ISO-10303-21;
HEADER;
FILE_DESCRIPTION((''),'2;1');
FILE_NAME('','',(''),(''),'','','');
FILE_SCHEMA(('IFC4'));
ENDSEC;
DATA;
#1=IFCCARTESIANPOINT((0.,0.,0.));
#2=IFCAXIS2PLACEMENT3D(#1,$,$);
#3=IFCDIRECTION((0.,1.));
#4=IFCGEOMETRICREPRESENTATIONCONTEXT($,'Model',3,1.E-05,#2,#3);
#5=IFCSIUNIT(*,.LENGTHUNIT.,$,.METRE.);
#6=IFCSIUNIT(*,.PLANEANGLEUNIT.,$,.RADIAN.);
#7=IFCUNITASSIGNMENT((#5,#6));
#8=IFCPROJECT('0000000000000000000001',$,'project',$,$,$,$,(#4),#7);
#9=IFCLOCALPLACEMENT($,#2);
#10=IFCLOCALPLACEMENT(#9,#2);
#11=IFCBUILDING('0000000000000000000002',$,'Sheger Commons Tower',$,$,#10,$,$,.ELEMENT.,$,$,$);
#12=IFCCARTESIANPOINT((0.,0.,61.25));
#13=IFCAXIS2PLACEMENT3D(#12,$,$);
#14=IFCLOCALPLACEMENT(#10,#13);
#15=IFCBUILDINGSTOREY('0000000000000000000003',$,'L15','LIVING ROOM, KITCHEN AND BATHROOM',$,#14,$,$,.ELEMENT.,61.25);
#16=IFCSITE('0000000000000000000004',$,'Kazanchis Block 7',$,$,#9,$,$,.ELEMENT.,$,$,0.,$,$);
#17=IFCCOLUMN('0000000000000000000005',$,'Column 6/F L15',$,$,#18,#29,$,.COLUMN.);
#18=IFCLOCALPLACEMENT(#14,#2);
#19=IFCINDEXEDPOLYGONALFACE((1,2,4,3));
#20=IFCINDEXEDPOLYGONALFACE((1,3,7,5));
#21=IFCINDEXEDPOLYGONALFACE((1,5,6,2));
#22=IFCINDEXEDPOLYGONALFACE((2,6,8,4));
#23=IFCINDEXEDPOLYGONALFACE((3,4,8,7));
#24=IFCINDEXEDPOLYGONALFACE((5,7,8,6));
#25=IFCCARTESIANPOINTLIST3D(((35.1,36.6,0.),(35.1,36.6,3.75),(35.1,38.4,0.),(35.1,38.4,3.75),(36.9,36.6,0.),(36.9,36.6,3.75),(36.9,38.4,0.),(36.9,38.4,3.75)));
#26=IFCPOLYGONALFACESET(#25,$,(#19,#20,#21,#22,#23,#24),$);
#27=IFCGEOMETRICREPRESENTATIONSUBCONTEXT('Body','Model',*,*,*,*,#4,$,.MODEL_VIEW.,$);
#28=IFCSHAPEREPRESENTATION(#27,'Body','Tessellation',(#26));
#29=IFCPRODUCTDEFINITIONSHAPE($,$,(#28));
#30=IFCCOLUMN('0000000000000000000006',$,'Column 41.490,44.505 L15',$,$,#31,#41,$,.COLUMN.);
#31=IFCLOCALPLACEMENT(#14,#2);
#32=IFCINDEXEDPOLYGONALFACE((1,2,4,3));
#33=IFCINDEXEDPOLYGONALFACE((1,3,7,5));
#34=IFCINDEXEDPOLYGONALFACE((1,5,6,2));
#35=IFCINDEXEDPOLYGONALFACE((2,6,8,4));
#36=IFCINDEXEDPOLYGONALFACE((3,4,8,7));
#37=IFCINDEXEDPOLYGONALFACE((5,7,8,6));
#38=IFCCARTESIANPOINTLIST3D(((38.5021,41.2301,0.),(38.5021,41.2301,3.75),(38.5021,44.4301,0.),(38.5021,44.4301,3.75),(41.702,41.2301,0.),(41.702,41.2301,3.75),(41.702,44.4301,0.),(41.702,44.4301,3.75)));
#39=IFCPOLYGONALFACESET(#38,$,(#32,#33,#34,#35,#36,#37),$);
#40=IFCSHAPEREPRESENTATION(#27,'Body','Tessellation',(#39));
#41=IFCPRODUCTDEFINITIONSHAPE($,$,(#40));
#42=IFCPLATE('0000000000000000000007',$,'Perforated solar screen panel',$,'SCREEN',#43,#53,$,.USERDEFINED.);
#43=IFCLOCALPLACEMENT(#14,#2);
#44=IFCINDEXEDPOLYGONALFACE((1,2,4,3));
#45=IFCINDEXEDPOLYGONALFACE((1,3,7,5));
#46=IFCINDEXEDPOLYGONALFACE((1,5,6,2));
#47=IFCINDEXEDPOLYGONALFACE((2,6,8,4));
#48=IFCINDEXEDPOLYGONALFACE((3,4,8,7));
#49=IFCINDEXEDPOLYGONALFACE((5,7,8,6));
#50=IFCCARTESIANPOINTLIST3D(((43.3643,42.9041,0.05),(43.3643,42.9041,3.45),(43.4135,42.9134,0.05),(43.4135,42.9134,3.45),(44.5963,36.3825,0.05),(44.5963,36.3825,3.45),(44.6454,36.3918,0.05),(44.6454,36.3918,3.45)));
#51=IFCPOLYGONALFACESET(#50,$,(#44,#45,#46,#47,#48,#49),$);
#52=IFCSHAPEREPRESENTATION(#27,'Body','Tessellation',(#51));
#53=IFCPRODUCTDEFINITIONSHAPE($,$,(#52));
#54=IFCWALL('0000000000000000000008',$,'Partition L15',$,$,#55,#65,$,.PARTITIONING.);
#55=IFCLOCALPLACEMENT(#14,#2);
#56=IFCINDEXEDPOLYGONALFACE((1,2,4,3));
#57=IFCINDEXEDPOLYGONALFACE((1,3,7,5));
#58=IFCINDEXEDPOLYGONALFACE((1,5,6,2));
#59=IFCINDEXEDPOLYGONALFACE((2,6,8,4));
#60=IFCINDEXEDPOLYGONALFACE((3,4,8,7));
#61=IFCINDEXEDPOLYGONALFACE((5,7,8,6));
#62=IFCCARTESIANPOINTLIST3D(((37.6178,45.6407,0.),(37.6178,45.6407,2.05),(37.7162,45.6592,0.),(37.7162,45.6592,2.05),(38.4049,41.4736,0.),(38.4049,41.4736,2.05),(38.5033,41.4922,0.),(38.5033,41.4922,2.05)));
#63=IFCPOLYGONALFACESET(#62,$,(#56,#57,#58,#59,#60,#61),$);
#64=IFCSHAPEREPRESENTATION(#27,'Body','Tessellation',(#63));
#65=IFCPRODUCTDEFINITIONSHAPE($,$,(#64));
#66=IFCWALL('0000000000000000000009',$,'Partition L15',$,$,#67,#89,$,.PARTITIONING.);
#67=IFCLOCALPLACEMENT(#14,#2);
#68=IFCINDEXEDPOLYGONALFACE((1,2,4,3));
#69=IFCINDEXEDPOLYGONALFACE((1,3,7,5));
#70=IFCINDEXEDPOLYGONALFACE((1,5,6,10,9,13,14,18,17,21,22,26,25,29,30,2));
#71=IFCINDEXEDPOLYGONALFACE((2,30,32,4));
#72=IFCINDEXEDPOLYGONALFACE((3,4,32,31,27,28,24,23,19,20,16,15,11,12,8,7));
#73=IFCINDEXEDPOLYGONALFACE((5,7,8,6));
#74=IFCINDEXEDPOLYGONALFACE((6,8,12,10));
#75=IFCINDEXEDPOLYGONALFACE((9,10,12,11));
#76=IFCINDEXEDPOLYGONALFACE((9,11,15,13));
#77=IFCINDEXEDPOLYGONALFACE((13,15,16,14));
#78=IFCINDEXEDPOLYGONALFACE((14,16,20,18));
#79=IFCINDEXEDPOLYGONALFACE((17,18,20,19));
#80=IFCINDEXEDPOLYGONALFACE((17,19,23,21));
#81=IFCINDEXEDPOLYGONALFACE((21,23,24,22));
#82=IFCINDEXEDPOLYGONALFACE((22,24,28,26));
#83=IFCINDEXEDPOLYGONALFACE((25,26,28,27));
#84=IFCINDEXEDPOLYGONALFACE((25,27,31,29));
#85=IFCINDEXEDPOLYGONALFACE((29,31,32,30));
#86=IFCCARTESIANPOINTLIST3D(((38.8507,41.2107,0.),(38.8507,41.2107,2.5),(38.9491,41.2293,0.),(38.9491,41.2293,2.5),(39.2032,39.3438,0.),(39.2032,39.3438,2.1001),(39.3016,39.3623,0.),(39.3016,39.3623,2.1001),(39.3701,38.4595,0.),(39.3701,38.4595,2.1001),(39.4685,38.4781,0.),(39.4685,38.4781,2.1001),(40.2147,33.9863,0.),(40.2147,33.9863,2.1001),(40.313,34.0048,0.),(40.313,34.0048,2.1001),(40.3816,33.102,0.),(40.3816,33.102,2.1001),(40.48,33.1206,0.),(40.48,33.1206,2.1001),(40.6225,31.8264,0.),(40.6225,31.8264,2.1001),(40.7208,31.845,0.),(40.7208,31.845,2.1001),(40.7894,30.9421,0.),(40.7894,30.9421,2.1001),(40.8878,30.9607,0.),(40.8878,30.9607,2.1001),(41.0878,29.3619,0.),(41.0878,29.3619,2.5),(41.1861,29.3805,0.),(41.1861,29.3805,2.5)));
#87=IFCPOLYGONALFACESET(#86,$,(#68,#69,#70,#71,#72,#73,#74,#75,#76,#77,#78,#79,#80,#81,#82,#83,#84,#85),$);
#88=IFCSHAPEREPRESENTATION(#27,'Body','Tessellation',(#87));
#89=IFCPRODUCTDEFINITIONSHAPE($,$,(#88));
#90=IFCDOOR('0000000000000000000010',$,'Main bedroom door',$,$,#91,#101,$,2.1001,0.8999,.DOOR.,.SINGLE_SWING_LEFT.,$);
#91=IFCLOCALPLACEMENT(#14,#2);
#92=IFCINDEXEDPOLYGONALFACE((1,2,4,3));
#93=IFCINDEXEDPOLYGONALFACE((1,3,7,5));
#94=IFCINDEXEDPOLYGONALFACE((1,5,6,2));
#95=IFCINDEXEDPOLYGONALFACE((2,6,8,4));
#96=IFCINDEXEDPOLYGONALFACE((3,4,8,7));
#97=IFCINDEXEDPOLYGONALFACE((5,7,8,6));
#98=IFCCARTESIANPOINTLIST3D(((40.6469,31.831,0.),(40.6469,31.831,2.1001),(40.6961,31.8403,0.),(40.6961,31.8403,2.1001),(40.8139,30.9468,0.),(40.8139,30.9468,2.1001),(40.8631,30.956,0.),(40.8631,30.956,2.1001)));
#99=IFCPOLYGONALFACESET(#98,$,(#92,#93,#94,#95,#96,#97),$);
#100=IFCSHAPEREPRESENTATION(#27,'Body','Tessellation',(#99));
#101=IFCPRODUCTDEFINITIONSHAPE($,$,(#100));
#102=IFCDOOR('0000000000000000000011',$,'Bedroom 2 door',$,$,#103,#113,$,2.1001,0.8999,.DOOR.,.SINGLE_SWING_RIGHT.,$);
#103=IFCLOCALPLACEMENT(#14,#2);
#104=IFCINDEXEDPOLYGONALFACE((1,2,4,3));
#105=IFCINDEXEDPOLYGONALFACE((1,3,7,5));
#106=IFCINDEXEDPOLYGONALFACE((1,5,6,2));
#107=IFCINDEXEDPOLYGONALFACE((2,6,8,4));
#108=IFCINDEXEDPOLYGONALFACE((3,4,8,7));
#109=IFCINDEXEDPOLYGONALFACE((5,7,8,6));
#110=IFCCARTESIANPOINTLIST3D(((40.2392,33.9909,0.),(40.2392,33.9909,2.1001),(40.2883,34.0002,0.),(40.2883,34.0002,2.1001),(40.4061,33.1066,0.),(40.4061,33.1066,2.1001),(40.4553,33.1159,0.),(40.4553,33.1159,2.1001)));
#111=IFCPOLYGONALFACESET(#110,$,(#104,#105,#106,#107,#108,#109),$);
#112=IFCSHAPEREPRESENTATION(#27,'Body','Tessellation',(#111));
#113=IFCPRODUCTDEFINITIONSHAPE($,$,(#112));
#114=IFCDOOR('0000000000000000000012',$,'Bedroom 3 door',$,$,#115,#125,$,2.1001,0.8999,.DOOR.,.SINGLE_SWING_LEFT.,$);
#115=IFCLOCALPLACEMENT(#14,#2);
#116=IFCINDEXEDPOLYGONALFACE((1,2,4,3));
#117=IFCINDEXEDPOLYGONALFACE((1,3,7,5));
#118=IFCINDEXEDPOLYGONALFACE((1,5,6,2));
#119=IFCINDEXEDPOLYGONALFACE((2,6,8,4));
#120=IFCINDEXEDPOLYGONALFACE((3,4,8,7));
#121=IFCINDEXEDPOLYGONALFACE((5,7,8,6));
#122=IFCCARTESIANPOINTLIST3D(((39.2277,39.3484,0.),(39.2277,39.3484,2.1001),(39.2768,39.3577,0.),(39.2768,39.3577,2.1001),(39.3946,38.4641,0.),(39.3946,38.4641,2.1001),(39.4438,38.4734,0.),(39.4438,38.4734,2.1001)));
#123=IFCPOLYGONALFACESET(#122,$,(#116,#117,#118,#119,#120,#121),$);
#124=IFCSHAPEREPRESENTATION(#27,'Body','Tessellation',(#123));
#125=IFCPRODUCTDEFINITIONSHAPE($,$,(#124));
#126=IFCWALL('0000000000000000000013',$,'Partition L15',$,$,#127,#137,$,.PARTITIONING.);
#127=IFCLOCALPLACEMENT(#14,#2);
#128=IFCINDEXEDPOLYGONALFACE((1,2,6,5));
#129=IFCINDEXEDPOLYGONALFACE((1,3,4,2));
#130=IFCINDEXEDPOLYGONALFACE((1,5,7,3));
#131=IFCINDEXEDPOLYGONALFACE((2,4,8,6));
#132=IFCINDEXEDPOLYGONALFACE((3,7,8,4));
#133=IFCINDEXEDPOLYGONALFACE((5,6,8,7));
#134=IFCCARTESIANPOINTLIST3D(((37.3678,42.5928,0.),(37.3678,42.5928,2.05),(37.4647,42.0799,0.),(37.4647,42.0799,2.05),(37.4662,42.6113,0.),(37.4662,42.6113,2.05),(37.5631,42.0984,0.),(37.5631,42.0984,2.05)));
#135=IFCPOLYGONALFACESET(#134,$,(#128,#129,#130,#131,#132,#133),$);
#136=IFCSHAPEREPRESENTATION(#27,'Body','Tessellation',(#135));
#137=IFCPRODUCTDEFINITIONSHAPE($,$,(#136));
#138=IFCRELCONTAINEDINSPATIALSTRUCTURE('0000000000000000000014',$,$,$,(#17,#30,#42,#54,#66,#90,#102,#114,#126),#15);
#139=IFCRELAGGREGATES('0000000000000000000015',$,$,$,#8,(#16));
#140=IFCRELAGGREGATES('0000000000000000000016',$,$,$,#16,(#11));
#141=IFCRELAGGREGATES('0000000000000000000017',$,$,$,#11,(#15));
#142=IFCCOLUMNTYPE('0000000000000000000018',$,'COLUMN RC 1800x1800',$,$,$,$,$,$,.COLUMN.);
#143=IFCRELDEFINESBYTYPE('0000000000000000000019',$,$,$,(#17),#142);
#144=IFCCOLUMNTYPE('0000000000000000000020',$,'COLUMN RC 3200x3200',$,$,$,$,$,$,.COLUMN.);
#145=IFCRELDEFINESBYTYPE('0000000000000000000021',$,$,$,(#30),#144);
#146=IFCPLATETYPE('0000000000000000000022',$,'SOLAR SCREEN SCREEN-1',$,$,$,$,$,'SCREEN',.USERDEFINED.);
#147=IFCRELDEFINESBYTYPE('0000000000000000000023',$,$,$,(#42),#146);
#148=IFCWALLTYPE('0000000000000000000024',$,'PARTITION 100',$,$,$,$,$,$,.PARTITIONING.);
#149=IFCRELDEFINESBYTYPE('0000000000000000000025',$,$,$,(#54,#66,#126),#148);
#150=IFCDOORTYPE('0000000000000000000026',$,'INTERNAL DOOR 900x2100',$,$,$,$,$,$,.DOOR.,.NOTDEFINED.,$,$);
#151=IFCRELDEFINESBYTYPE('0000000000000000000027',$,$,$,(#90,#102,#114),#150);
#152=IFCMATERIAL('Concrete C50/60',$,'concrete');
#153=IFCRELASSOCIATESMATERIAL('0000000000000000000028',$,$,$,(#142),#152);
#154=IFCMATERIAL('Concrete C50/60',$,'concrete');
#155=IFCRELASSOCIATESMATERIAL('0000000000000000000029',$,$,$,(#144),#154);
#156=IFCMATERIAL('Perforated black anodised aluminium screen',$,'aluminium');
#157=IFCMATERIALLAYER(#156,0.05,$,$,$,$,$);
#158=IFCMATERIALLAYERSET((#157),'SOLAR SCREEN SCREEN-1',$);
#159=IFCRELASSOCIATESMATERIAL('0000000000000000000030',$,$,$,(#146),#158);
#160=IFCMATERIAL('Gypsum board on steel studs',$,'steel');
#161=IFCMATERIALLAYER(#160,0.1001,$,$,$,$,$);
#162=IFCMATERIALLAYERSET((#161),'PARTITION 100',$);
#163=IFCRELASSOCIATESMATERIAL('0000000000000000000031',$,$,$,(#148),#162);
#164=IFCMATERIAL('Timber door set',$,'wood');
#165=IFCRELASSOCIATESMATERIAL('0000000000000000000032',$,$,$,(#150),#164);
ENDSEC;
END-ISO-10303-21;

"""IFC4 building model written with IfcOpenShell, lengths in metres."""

from ifc_helpers import new_model, si_unit, direction, frame, frame_2d, origin, origin_2d, place, context, subcontext, project, spatial, rectangle, extrude, material, layer, layer_set, material_profile, profile_set, type_object, element, fill, save


model = new_model("IFC4")

# Units and contexts
model_context = context("Model", 3, precision=1e-05, world=origin(), true_north=direction((0.0, 1.0)))
body_context = subcontext(model_context, "Body", "Model", "MODEL_VIEW")
ifc_project = project(units=[si_unit("LENGTHUNIT", "METRE"), si_unit("PLANEANGLEUNIT", "RADIAN")], contexts=[model_context])

# Site, building, storey
site_placement = place(None, origin())
site = spatial("IfcSite", under=ifc_project, at=site_placement, Name="Kazanchis Block 7", CompositionType="ELEMENT", RefElevation=0.0)
building_placement = place(site_placement, origin())
building = spatial("IfcBuilding", under=site, at=building_placement, Name="Sheger Commons Tower", CompositionType="ELEMENT")
storey_placement = place(building_placement, frame((0.0, 0.0, 61.25)))
storey = spatial("IfcBuildingStorey", under=building, at=storey_placement, Name="L15", Description="LIVING ROOM, KITCHEN AND BATHROOM", CompositionType="ELEMENT", Elevation=61.25)

# Columns
ifc_material_1 = material(Name="Concrete C50/60", Category="concrete")
ifc_material_profile_1 = material_profile(ifc_material_1, rectangle(XDim=1.8, YDim=1.8, at=origin_2d()), Name="RC 1800x1800")
ifc_profile_set_1 = profile_set([ifc_material_profile_1], Name="Concrete C50/60")
column_type_1 = type_object("IfcColumnType", Name="COLUMN RC 1800x1800", PredefinedType="COLUMN", material=ifc_profile_set_1)
column_1_placement = place(storey_placement, frame((36.0, 37.5, 0.0), z_axis=(0.0, 0.0, 1.0), x_axis=(1.0, 0.0, 0.0)))
element("IfcColumn", 1, at=column_1_placement, inside=storey, type_object=column_type_1, Name="Column 6/F L15", PredefinedType="COLUMN", context=body_context, shape_type="SweptSolid", body=[
    extrude(rectangle(XDim=1.8, YDim=1.8, at=origin_2d()), origin(), (0.0, 0.0, 1.0), 3.75),
])
ifc_material_2 = material(Name="Concrete C50/60", Category="concrete")
ifc_material_profile_2 = material_profile(ifc_material_2, rectangle(XDim=3.2, YDim=3.2, at=origin_2d()), Name="RC 3200x3200")
ifc_profile_set_2 = profile_set([ifc_material_profile_2], Name="Concrete C50/60")
column_type_2 = type_object("IfcColumnType", Name="COLUMN RC 3200x3200", PredefinedType="COLUMN", material=ifc_profile_set_2)
column_2_placement = place(storey_placement, frame((40.1021, 42.8301, 0.0), z_axis=(0.0, 0.0, 1.0), x_axis=(1.0, 0.0, 0.0)))
element("IfcColumn", 2, at=column_2_placement, inside=storey, type_object=column_type_2, Name="Column 41.490,44.505 L15", PredefinedType="COLUMN", context=body_context, shape_type="SweptSolid", body=[
    extrude(rectangle(XDim=3.2, YDim=3.2, at=origin_2d()), origin(), (0.0, 0.0, 1.0), 3.75),
])

# Plate
ifc_material_3 = material(Name="Perforated black anodised aluminium screen", Category="aluminium")
ifc_layer_1 = layer(ifc_material_3, 0.05)
ifc_layer_set_1 = layer_set([ifc_layer_1], Name="SOLAR SCREEN SCREEN-1")
plate_type = type_object("IfcPlateType", Name="SOLAR SCREEN SCREEN-1", ElementType="SCREEN", PredefinedType="USERDEFINED", material=ifc_layer_set_1)
plate_placement = place(storey_placement, frame((44.0049, 39.6479, 0.05), z_axis=(0.0, 0.0, 1.0), x_axis=(-0.185615, 0.982623, 0.0)))
element("IfcPlate", 3, at=plate_placement, inside=storey, type_object=plate_type, Name="Perforated solar screen panel", ObjectType="SCREEN", PredefinedType="USERDEFINED", context=body_context, shape_type="SweptSolid", body=[
    extrude(rectangle(XDim=6.637, YDim=0.05, at=origin_2d()), origin(), (0.0, 0.0, 1.0), 3.3999),
])

# Wall
ifc_material_4 = material(Name="Gypsum board on steel studs", Category="steel")
ifc_layer_2 = layer(ifc_material_4, 0.1001)
ifc_layer_set_2 = layer_set([ifc_layer_2], Name="PARTITION 100")
wall_type = type_object("IfcWallType", Name="PARTITION 100", PredefinedType="PARTITIONING", material=ifc_layer_set_2)
wall_1_placement = place(storey_placement, frame((38.4541, 41.4829, 0.0), z_axis=(0.0, 0.0, 1.0), x_axis=(-0.185609, 0.982624, 0.0)))
element("IfcWall", 4, at=wall_1_placement, inside=storey, type_object=wall_type, Name="Partition L15", PredefinedType="PARTITIONING", context=body_context, shape_type="SweptSolid", body=[
    extrude(rectangle(XDim=4.2407, YDim=0.1001, at=frame_2d((2.1204, 0.0))), origin(), (0.0, 0.0, 1.0), 2.05),
])

# Wall, openings, doors
wall_2_placement = place(storey_placement, frame((38.8999, 41.22, 0.0), z_axis=(0.0, 0.0, 1.0), x_axis=(0.185522, -0.98264, 0.0)))
wall_2 = element("IfcWall", 5, at=wall_2_placement, inside=storey, type_object=wall_type, Name="Partition L15", PredefinedType="PARTITIONING", context=body_context, shape_type="SweptSolid", body=[
    extrude(rectangle(XDim=12.0581, YDim=0.1001, at=frame_2d((6.0291, 0.0))), origin(), (0.0, 0.0, 1.0), 2.5),
])
opening_1_placement = place(wall_2_placement, frame((9.55, 0.0, 0.0)))
opening_1 = element("IfcOpeningElement", 6, at=opening_1_placement, cuts=wall_2, PredefinedType="OPENING", context=body_context, shape_type="SweptSolid", body=[
    extrude(rectangle(XDim=0.8999, YDim=2.1001, at=frame_2d((0.45, 1.05))), frame((0.0, 0.0601, 0.0), z_axis=(0.0, -1.0, 0.0), x_axis=(1.0, 0.0, 0.0)), (0.0, 0.0, 1.0), 0.1201),
])
opening_2_placement = place(wall_2_placement, frame((7.3521, 0.0, 0.0)))
opening_2 = element("IfcOpeningElement", 7, at=opening_2_placement, cuts=wall_2, PredefinedType="OPENING", context=body_context, shape_type="SweptSolid", body=[
    extrude(rectangle(XDim=0.8999, YDim=2.1001, at=frame_2d((0.45, 1.05))), frame((0.0, 0.0601, 0.0), z_axis=(0.0, -1.0, 0.0), x_axis=(1.0, 0.0, 0.0)), (0.0, 0.0, 1.0), 0.1201),
])
opening_3_placement = place(wall_2_placement, frame((1.8999, 0.0, 0.0)))
opening_3 = element("IfcOpeningElement", 8, at=opening_3_placement, cuts=wall_2, PredefinedType="OPENING", context=body_context, shape_type="SweptSolid", body=[
    extrude(rectangle(XDim=0.8999, YDim=2.1001, at=frame_2d((0.45, 1.05))), frame((0.0, 0.0601, 0.0), z_axis=(0.0, -1.0, 0.0), x_axis=(1.0, 0.0, 0.0)), (0.0, 0.0, 1.0), 0.1201),
])
ifc_material_5 = material(Name="Timber door set", Category="wood")
door_type = type_object("IfcDoorType", Name="INTERNAL DOOR 900x2100", OperationType="NOTDEFINED", PredefinedType="DOOR", material=ifc_material_5)
door_1_placement = place(opening_1_placement, origin())
door_1 = element("IfcDoor", 9, at=door_1_placement, inside=storey, type_object=door_type, Name="Main bedroom door", OperationType="SINGLE_SWING_LEFT", OverallHeight=2.1001, OverallWidth=0.8999, PredefinedType="DOOR", context=body_context, shape_type="SweptSolid", body=[
    extrude(rectangle(XDim=0.8999, YDim=2.1001, at=frame_2d((0.45, 1.05))), frame((0.0, 0.0249, 0.0), z_axis=(0.0, -1.0, 0.0), x_axis=(1.0, 0.0, 0.0)), (0.0, 0.0, 1.0), 0.05),
])
fill(opening_1, door_1)
door_2_placement = place(opening_2_placement, origin())
door_2 = element("IfcDoor", 10, at=door_2_placement, inside=storey, type_object=door_type, Name="Bedroom 2 door", OperationType="SINGLE_SWING_RIGHT", OverallHeight=2.1001, OverallWidth=0.8999, PredefinedType="DOOR", context=body_context, shape_type="SweptSolid", body=[
    extrude(rectangle(XDim=0.8999, YDim=2.1001, at=frame_2d((0.45, 1.05))), frame((0.0, 0.0249, 0.0), z_axis=(0.0, -1.0, 0.0), x_axis=(1.0, 0.0, 0.0)), (0.0, 0.0, 1.0), 0.05),
])
fill(opening_2, door_2)
door_3_placement = place(opening_3_placement, origin())
door_3 = element("IfcDoor", 11, at=door_3_placement, inside=storey, type_object=door_type, Name="Bedroom 3 door", OperationType="SINGLE_SWING_LEFT", OverallHeight=2.1001, OverallWidth=0.8999, PredefinedType="DOOR", context=body_context, shape_type="SweptSolid", body=[
    extrude(rectangle(XDim=0.8999, YDim=2.1001, at=frame_2d((0.45, 1.05))), frame((0.0, 0.0249, 0.0), z_axis=(0.0, -1.0, 0.0), x_axis=(1.0, 0.0, 0.0)), (0.0, 0.0, 1.0), 0.05),
])
fill(opening_3, door_3)

# Wall
wall_3_placement = place(storey_placement, frame((37.417, 42.6021, 0.0), z_axis=(0.0, 0.0, 1.0), x_axis=(0.185672, -0.982612, 0.0)))
element("IfcWall", 12, at=wall_3_placement, inside=storey, type_object=wall_type, Name="Partition L15", PredefinedType="PARTITIONING", context=body_context, shape_type="SweptSolid", body=[
    extrude(rectangle(XDim=0.522, YDim=0.1001, at=frame_2d((0.261, 0.0))), origin(), (0.0, 0.0, 1.0), 2.05),
])

save(model, "model.ifc")
